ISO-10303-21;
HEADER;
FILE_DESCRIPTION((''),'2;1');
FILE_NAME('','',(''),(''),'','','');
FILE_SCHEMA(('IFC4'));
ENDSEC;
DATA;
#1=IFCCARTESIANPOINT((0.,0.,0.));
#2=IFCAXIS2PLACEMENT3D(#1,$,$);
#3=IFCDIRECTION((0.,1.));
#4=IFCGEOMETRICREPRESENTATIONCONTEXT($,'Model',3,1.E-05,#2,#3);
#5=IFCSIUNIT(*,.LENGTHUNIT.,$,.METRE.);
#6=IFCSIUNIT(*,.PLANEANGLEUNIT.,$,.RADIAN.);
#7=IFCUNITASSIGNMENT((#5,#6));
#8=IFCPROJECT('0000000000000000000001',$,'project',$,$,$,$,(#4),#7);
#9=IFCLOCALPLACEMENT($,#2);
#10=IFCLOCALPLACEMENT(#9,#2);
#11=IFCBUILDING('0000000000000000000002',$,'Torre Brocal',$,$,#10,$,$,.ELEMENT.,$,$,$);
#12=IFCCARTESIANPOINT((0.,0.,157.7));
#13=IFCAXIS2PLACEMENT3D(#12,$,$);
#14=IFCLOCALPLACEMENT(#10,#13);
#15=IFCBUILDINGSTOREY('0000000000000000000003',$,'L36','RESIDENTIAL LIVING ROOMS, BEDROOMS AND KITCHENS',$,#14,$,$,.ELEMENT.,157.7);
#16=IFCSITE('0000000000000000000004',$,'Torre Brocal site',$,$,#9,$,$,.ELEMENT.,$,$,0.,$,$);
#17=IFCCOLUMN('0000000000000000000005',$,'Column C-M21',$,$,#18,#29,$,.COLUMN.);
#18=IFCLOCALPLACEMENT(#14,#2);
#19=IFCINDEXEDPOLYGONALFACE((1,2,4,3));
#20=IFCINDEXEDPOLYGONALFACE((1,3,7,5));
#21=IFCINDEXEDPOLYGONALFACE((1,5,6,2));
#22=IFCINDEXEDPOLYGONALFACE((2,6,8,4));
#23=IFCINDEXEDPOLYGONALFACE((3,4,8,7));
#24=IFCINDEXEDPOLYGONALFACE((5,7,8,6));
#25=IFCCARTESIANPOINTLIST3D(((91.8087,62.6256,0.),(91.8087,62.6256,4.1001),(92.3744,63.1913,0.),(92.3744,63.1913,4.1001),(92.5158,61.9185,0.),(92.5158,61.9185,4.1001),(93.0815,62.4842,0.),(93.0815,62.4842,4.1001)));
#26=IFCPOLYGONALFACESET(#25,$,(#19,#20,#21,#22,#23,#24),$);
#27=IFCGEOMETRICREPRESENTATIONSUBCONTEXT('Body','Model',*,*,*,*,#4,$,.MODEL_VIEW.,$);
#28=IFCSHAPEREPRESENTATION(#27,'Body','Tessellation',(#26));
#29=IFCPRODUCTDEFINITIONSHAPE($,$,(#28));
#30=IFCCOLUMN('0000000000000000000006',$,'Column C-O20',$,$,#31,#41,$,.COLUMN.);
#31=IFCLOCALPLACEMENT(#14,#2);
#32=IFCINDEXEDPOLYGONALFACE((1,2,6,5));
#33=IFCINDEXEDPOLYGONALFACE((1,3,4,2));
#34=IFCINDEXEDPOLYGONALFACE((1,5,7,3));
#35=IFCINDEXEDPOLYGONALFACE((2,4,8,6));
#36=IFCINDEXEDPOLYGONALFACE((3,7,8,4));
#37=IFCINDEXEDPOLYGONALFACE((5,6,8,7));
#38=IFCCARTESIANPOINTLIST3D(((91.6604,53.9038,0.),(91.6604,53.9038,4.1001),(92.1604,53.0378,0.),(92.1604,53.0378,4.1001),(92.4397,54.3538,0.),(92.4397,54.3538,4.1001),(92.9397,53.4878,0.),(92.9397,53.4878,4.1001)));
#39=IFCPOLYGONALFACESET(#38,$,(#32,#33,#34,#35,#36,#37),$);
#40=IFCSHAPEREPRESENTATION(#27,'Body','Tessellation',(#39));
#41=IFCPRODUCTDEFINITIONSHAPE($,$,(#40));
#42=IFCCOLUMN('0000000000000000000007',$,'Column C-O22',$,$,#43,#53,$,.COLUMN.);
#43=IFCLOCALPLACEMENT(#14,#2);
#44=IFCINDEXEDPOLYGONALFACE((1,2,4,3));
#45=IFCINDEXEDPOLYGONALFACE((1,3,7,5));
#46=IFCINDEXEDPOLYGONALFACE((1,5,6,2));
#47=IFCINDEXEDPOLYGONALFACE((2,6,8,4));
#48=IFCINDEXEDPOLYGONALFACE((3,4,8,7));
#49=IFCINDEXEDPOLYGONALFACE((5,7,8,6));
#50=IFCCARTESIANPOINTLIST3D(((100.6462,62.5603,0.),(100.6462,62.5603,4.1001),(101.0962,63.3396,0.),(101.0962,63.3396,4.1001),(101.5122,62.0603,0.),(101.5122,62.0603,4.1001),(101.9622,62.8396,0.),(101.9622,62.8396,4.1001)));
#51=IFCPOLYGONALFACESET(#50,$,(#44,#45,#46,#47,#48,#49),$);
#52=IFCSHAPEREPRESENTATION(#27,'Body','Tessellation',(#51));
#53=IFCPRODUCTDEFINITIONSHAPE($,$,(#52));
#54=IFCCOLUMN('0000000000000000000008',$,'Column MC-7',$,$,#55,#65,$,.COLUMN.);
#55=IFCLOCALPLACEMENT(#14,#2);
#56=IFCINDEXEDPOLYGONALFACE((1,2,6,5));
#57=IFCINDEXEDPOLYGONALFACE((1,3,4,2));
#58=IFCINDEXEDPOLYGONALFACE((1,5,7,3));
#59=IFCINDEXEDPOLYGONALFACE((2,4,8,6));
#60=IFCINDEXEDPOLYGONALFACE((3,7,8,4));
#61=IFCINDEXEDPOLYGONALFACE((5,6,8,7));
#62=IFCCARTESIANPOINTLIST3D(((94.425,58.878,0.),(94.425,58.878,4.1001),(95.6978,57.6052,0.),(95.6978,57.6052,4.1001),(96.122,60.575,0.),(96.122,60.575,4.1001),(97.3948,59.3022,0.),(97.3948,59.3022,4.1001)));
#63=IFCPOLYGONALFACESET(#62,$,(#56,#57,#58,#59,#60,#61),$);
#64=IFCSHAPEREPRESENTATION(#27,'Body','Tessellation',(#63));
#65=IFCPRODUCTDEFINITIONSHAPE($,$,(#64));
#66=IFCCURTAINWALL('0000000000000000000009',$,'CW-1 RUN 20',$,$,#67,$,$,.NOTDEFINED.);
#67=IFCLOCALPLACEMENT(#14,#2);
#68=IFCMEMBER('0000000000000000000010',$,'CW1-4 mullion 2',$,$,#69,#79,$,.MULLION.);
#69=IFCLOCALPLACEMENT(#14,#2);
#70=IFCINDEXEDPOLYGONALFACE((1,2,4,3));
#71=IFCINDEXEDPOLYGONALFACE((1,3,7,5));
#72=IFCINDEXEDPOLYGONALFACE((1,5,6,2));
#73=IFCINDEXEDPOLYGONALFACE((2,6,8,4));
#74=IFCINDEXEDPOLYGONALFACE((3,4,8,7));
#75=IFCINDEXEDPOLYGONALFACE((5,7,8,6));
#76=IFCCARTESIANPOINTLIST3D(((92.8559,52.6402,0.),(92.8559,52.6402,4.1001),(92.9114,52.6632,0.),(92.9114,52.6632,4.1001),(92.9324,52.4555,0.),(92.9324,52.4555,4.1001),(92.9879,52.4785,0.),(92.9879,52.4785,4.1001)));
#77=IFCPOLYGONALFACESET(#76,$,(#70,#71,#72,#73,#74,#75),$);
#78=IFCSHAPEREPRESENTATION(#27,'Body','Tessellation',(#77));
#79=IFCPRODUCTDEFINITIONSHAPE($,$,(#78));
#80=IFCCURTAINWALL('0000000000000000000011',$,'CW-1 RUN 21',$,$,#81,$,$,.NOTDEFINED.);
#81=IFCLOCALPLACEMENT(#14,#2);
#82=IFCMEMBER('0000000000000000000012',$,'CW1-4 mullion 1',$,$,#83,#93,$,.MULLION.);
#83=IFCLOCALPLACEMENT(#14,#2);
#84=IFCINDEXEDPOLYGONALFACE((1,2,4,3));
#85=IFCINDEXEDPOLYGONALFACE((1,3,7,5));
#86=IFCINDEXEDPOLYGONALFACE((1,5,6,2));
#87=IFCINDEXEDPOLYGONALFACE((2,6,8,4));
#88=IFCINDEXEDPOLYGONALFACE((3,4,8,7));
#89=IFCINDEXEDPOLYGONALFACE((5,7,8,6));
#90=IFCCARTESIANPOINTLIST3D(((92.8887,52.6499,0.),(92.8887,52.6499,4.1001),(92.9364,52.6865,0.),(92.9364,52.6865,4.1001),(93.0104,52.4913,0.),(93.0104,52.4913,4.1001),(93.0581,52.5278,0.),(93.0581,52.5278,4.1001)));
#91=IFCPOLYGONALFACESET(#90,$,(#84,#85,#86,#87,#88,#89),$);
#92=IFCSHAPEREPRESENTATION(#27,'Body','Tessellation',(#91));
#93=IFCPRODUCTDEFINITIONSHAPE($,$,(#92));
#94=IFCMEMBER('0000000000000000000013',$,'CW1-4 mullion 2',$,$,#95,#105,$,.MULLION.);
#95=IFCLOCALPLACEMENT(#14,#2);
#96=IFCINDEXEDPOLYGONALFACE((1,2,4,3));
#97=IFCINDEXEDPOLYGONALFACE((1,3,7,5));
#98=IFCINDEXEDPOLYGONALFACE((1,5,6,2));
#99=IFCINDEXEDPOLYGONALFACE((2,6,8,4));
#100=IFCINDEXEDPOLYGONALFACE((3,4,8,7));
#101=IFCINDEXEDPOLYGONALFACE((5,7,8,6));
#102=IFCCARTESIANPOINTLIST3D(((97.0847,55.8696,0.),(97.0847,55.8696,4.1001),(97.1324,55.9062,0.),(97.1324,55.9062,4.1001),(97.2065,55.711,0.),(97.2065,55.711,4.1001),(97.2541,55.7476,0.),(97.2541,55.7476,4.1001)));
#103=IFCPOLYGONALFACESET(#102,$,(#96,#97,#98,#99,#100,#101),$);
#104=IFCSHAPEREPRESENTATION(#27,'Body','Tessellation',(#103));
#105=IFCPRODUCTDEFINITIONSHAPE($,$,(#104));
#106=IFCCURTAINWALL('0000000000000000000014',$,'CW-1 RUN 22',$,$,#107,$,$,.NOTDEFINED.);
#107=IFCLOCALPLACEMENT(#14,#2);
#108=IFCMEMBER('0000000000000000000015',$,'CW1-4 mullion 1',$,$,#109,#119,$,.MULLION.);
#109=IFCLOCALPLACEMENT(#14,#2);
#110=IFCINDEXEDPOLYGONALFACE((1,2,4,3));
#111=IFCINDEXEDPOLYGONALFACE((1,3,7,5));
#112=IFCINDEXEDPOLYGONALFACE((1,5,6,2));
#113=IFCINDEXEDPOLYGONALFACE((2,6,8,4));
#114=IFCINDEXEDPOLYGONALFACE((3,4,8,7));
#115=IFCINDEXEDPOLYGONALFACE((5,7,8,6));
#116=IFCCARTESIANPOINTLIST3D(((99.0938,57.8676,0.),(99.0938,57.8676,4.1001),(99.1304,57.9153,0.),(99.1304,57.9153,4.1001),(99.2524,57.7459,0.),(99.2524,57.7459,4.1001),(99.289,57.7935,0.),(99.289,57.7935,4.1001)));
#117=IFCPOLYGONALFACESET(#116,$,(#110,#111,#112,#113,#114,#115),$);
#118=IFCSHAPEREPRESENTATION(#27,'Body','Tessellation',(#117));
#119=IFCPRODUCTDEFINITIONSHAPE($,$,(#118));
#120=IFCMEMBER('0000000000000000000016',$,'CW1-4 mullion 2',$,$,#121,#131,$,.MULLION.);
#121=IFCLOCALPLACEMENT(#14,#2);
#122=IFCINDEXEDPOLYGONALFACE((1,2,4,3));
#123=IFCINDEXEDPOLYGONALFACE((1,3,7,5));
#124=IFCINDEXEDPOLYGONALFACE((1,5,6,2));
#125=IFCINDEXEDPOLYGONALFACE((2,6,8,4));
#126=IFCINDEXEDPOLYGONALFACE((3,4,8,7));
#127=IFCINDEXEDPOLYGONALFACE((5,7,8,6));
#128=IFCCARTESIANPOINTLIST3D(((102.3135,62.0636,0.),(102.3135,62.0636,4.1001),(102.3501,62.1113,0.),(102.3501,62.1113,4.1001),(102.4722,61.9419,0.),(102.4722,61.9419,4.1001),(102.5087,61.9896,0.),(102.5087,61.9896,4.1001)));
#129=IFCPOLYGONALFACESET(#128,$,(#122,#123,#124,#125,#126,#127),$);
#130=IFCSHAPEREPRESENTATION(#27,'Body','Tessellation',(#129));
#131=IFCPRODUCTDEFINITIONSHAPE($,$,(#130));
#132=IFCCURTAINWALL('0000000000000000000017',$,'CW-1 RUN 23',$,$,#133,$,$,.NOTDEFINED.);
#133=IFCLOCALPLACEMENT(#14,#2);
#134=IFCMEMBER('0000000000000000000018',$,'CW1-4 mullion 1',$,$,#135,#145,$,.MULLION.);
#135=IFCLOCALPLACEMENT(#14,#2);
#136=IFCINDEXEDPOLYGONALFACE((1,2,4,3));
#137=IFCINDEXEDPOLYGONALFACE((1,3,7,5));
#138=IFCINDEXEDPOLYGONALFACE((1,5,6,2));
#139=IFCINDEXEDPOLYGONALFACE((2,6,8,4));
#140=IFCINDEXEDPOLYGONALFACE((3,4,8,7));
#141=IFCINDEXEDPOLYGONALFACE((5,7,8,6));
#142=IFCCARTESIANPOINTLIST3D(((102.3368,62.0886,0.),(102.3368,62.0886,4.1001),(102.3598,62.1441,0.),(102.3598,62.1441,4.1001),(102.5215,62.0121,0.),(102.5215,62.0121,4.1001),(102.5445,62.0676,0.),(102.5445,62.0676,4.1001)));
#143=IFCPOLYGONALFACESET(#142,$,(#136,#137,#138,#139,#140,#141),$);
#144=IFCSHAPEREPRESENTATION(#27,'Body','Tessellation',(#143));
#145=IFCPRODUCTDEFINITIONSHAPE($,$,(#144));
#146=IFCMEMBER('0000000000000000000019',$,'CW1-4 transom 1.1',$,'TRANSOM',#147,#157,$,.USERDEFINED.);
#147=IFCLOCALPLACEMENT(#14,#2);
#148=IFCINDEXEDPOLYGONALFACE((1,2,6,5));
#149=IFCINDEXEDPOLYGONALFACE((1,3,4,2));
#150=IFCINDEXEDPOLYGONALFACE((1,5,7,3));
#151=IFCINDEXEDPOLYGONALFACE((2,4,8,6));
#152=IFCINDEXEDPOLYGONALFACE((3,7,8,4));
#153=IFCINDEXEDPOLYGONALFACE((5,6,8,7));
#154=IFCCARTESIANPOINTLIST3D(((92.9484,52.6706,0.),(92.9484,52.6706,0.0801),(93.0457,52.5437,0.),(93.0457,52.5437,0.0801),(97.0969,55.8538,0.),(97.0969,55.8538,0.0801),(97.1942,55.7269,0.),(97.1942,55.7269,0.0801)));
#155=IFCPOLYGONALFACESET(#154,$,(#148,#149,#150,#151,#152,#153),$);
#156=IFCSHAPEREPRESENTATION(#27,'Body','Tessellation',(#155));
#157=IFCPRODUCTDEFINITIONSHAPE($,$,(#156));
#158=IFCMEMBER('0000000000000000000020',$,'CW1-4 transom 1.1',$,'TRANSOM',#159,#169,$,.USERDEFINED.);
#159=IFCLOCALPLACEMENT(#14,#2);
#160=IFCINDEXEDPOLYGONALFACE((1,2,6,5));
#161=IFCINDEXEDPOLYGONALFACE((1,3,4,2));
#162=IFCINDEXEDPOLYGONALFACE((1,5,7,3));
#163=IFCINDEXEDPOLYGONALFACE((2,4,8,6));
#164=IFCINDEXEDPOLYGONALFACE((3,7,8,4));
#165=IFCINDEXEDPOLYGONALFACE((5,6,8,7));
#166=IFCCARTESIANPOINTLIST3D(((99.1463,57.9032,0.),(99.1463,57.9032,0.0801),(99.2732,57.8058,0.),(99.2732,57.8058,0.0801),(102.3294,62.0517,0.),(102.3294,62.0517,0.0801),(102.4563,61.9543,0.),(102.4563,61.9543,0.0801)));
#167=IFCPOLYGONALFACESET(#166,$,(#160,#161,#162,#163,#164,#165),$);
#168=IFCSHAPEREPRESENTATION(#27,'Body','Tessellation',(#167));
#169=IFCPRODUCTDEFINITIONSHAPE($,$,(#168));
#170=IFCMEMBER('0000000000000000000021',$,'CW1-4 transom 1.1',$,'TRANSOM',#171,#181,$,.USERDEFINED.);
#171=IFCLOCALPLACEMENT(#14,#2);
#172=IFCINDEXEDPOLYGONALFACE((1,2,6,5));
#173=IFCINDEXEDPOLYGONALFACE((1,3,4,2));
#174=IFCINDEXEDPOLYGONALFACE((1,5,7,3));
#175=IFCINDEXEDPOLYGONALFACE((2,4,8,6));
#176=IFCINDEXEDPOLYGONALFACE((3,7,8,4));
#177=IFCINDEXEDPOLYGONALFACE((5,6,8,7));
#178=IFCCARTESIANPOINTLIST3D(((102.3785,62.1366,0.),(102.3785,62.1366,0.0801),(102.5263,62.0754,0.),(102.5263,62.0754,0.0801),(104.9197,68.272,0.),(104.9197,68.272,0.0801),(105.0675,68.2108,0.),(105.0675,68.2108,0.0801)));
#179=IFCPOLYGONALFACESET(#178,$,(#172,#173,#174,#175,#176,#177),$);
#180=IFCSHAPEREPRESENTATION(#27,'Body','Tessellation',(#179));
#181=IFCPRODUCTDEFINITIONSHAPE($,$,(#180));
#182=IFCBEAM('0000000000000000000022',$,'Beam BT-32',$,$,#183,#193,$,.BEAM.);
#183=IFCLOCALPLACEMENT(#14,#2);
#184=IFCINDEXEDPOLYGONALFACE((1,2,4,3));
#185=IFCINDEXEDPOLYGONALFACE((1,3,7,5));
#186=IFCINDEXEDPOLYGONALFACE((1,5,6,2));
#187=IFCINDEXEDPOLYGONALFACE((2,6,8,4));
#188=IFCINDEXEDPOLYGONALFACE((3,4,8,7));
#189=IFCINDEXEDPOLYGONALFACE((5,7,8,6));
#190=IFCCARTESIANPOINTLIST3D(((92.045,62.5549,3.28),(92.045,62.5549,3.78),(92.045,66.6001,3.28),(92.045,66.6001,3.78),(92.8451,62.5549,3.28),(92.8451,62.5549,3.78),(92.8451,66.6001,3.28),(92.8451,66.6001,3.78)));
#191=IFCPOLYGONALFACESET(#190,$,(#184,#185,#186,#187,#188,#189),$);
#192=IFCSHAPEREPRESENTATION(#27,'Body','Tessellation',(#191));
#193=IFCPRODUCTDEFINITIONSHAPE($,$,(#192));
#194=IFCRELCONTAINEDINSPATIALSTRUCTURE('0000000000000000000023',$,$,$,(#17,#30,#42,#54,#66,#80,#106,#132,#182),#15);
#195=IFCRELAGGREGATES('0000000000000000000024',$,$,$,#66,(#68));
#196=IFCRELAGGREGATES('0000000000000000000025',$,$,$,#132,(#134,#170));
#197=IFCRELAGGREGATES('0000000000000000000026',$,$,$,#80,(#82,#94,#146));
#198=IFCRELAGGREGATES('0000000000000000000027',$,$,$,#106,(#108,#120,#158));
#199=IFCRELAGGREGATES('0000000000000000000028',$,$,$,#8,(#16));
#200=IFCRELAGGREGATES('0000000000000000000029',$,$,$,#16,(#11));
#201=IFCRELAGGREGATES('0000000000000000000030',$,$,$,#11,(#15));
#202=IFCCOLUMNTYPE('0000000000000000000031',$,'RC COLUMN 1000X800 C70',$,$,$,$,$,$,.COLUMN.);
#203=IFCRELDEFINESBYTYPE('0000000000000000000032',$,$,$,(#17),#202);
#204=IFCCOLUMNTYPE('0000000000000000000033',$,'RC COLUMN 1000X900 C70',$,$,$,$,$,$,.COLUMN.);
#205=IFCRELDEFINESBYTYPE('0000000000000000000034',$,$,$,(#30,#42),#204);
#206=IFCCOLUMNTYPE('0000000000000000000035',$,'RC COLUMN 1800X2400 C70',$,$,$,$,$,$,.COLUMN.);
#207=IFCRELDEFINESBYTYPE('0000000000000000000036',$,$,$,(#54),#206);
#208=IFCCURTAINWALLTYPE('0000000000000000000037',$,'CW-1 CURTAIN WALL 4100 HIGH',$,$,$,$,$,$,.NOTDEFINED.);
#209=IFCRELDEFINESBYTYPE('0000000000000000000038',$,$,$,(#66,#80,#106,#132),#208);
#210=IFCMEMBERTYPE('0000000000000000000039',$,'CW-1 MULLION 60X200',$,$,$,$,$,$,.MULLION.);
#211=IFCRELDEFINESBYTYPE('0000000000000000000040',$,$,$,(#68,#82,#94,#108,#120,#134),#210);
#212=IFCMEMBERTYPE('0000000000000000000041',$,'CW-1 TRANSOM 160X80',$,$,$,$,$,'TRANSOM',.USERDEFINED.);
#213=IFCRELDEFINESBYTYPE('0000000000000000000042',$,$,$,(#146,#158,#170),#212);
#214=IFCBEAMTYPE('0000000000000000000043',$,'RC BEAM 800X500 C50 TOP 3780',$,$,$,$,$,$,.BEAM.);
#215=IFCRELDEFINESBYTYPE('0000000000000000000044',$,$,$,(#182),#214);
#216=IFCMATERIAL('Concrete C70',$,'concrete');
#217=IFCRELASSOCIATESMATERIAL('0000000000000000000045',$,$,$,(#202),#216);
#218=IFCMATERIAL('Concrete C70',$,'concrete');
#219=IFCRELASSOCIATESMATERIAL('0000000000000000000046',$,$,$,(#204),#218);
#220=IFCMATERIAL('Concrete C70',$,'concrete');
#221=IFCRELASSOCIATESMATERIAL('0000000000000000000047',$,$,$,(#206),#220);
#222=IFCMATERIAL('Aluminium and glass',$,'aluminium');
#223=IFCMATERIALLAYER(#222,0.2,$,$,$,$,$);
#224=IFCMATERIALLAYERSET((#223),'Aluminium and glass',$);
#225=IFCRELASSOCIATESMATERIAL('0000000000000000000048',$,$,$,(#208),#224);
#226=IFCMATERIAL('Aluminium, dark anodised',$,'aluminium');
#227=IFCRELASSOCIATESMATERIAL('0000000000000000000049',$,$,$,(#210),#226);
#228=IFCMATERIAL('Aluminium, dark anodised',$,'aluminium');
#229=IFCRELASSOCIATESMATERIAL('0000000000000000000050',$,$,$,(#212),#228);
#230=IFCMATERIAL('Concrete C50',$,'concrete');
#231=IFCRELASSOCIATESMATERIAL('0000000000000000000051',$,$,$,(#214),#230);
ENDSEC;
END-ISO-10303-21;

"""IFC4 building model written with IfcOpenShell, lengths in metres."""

from ifc_helpers import new_model, si_unit, direction, frame, origin, origin_2d, place, context, subcontext, project, spatial, rectangle, extrude, material, layer, layer_set, material_profile, profile_set, type_object, element, aggregate, save


model = new_model("IFC4")

# Units and contexts
model_context = context("Model", 3, precision=1e-05, world=origin(), true_north=direction((0.0, 1.0)))
body_context = subcontext(model_context, "Body", "Model", "MODEL_VIEW")
ifc_project = project(units=[si_unit("LENGTHUNIT", "METRE"), si_unit("PLANEANGLEUNIT", "RADIAN")], contexts=[model_context])

# Site, building, storey
site_placement = place(None, origin())
site = spatial("IfcSite", under=ifc_project, at=site_placement, Name="Torre Brocal site", CompositionType="ELEMENT", RefElevation=0.0)
building_placement = place(site_placement, origin())
building = spatial("IfcBuilding", under=site, at=building_placement, Name="Torre Brocal", CompositionType="ELEMENT")
storey_placement = place(building_placement, frame((0.0, 0.0, 157.7)))
storey = spatial("IfcBuildingStorey", under=building, at=storey_placement, Name="L36", Description="RESIDENTIAL LIVING ROOMS, BEDROOMS AND KITCHENS", CompositionType="ELEMENT", Elevation=157.7)

# Columns
ifc_material_1 = material(Name="Concrete C70", Category="concrete")
ifc_material_profile_1 = material_profile(ifc_material_1, rectangle(XDim=1.0, YDim=0.8, at=origin_2d()), Name="RC 1000X800")
ifc_profile_set_1 = profile_set([ifc_material_profile_1], Name="Concrete C70")
column_type_1 = type_object("IfcColumnType", Name="RC COLUMN 1000X800 C70", PredefinedType="COLUMN", material=ifc_profile_set_1)
column_1_placement = place(storey_placement, frame((92.4451, 62.5549, 0.0), z_axis=(0.0, 0.0, 1.0), x_axis=(0.707107, -0.707107, 0.0)))
element("IfcColumn", 1, at=column_1_placement, inside=storey, type_object=column_type_1, Name="Column C-M21", PredefinedType="COLUMN", context=body_context, shape_type="SweptSolid", body=[
    extrude(rectangle(XDim=1.0, YDim=0.8, at=origin_2d()), origin(), (0.0, 0.0, 1.0), 4.1001),
])
ifc_material_2 = material(Name="Concrete C70", Category="concrete")
ifc_material_profile_2 = material_profile(ifc_material_2, rectangle(XDim=1.0, YDim=0.8999, at=origin_2d()), Name="RC 1000X900")
ifc_profile_set_2 = profile_set([ifc_material_profile_2], Name="Concrete C70")
column_type_2 = type_object("IfcColumnType", Name="RC COLUMN 1000X900 C70", PredefinedType="COLUMN", material=ifc_profile_set_2)
for number, where, z_axis, x_axis, name in (
    (2, (92.3, 53.6958, 0.0), (0.0, 0.0, 1.0), (0.5, -0.866025, 0.0), "Column C-O20"),
    (3, (101.3042, 62.7, 0.0), (0.0, 0.0, 1.0), (0.866025, -0.5, 0.0), "Column C-O22"),
):
    element("IfcColumn", number, at=place(storey_placement, frame(where, z_axis=z_axis, x_axis=x_axis)), inside=storey, type_object=column_type_2, Name=name, PredefinedType="COLUMN", context=body_context, shape_type="SweptSolid", body=[
        extrude(rectangle(XDim=1.0, YDim=0.8999, at=origin_2d()), origin(), (0.0, 0.0, 1.0), 4.1001),
    ])
ifc_material_3 = material(Name="Concrete C70", Category="concrete")
ifc_material_profile_3 = material_profile(ifc_material_3, rectangle(XDim=1.8, YDim=2.3999, at=origin_2d()), Name="RC 1800X2400")
ifc_profile_set_3 = profile_set([ifc_material_profile_3], Name="Concrete C70")
column_type_3 = type_object("IfcColumnType", Name="RC COLUMN 1800X2400 C70", PredefinedType="COLUMN", material=ifc_profile_set_3)
column_2_placement = place(storey_placement, frame((95.9099, 59.0901, 0.0), z_axis=(0.0, 0.0, 1.0), x_axis=(0.707107, -0.707107, 0.0)))
element("IfcColumn", 4, at=column_2_placement, inside=storey, type_object=column_type_3, Name="Column MC-7", PredefinedType="COLUMN", context=body_context, shape_type="SweptSolid", body=[
    extrude(rectangle(XDim=1.8, YDim=2.3999, at=origin_2d()), origin(), (0.0, 0.0, 1.0), 4.1001),
])

# Curtain wall, member
ifc_material_4 = material(Name="Aluminium and glass", Category="aluminium")
ifc_layer_1 = layer(ifc_material_4, 0.2)
ifc_layer_set_1 = layer_set([ifc_layer_1], Name="Aluminium and glass")
curtain_wall_type = type_object("IfcCurtainWallType", Name="CW-1 CURTAIN WALL 4100 HIGH", PredefinedType="NOTDEFINED", material=ifc_layer_set_1)
curtain_wall_1_placement = place(storey_placement, origin())
curtain_wall_1 = element("IfcCurtainWall", 5, at=curtain_wall_1_placement, inside=storey, type_object=curtain_wall_type, Name="CW-1 RUN 20", PredefinedType="NOTDEFINED")
ifc_material_5 = material(Name="Aluminium, dark anodised", Category="aluminium")
ifc_material_profile_4 = material_profile(ifc_material_5, rectangle(XDim=0.2, YDim=0.0601, at=origin_2d()), Name="CW-1 MULLION 60X200")
ifc_profile_set_4 = profile_set([ifc_material_profile_4], Name="Aluminium, dark anodised")
member_type_1 = type_object("IfcMemberType", Name="CW-1 MULLION 60X200", PredefinedType="MULLION", material=ifc_profile_set_4)
member_1_placement = place(storey_placement, frame((92.9219, 52.5593, 0.0), z_axis=(0.0, 0.0, 1.0), x_axis=(-0.382683, 0.92388, 0.0)))
member_1 = element("IfcMember", 6, at=member_1_placement, type_object=member_type_1, Name="CW1-4 mullion 2", PredefinedType="MULLION", context=body_context, shape_type="SweptSolid", body=[
    extrude(rectangle(XDim=0.2, YDim=0.0601, at=origin_2d()), origin(), (0.0, 0.0, 1.0), 4.1001),
])
aggregate(curtain_wall_1, [member_1])

# Curtain walls, members
curtain_wall_2_placement = place(storey_placement, origin())
curtain_wall_2 = element("IfcCurtainWall", 7, at=curtain_wall_2_placement, inside=storey, type_object=curtain_wall_type, Name="CW-1 RUN 21", PredefinedType="NOTDEFINED")
member_2_placement = place(storey_placement, frame((92.9734, 52.5889, 0.0), z_axis=(0.0, 0.0, 1.0), x_axis=(-0.608761, 0.793353, 0.0)))
member_2 = element("IfcMember", 8, at=member_2_placement, type_object=member_type_1, Name="CW1-4 mullion 1", PredefinedType="MULLION", context=body_context, shape_type="SweptSolid", body=[
    extrude(rectangle(XDim=0.2, YDim=0.0601, at=origin_2d()), origin(), (0.0, 0.0, 1.0), 4.1001),
])
member_3_placement = place(storey_placement, frame((97.1694, 55.8086, 0.0), z_axis=(0.0, 0.0, 1.0), x_axis=(-0.608761, 0.793353, 0.0)))
member_3 = element("IfcMember", 9, at=member_3_placement, type_object=member_type_1, Name="CW1-4 mullion 2", PredefinedType="MULLION", context=body_context, shape_type="SweptSolid", body=[
    extrude(rectangle(XDim=0.2, YDim=0.0601, at=origin_2d()), origin(), (0.0, 0.0, 1.0), 4.1001),
])
curtain_wall_3_placement = place(storey_placement, origin())
curtain_wall_3 = element("IfcCurtainWall", 10, at=curtain_wall_3_placement, inside=storey, type_object=curtain_wall_type, Name="CW-1 RUN 22", PredefinedType="NOTDEFINED")
member_4_placement = place(storey_placement, frame((99.1914, 57.8306, 0.0), z_axis=(0.0, 0.0, 1.0), x_axis=(-0.793353, 0.608761, 0.0)))
member_4 = element("IfcMember", 11, at=member_4_placement, type_object=member_type_1, Name="CW1-4 mullion 1", PredefinedType="MULLION", context=body_context, shape_type="SweptSolid", body=[
    extrude(rectangle(XDim=0.2, YDim=0.0601, at=origin_2d()), origin(), (0.0, 0.0, 1.0), 4.1001),
])
member_5_placement = place(storey_placement, frame((102.4111, 62.0266, 0.0), z_axis=(0.0, 0.0, 1.0), x_axis=(-0.793353, 0.608761, 0.0)))
member_5 = element("IfcMember", 12, at=member_5_placement, type_object=member_type_1, Name="CW1-4 mullion 2", PredefinedType="MULLION", context=body_context, shape_type="SweptSolid", body=[
    extrude(rectangle(XDim=0.2, YDim=0.0601, at=origin_2d()), origin(), (0.0, 0.0, 1.0), 4.1001),
])

# Curtain wall, member
curtain_wall_4_placement = place(storey_placement, origin())
curtain_wall_4 = element("IfcCurtainWall", 13, at=curtain_wall_4_placement, inside=storey, type_object=curtain_wall_type, Name="CW-1 RUN 23", PredefinedType="NOTDEFINED")
member_6_placement = place(storey_placement, frame((102.4407, 62.0781, 0.0), z_axis=(0.0, 0.0, 1.0), x_axis=(-0.92388, 0.382683, 0.0)))
member_6 = element("IfcMember", 14, at=member_6_placement, type_object=member_type_1, Name="CW1-4 mullion 1", PredefinedType="MULLION", context=body_context, shape_type="SweptSolid", body=[
    extrude(rectangle(XDim=0.2, YDim=0.0601, at=origin_2d()), origin(), (0.0, 0.0, 1.0), 4.1001),
])

# Members
ifc_material_6 = material(Name="Aluminium, dark anodised", Category="aluminium")
ifc_material_profile_5 = material_profile(ifc_material_6, rectangle(XDim=0.1599, YDim=0.0801, at=origin_2d()), Name="CW-1 TRANSOM 160X80")
ifc_profile_set_5 = profile_set([ifc_material_profile_5], Name="Aluminium, dark anodised")
member_type_2 = type_object("IfcMemberType", Name="CW-1 TRANSOM 160X80", ElementType="TRANSOM", PredefinedType="USERDEFINED", material=ifc_profile_set_5)
member_7_placement = place(storey_placement, frame((92.9971, 52.6072, 0.04), z_axis=(0.793363, 0.608749, 0.0), x_axis=(-0.608749, 0.793363, 0.0)))
member_7 = element("IfcMember", 15, at=member_7_placement, type_object=member_type_2, Name="CW1-4 transom 1.1", ObjectType="TRANSOM", PredefinedType="USERDEFINED", context=body_context, shape_type="SweptSolid", body=[
    extrude(rectangle(XDim=0.1599, YDim=0.0801, at=origin_2d()), origin(), (0.0, 0.0, 1.0), 5.229),
])
member_8_placement = place(storey_placement, frame((99.2097, 57.8545, 0.04), z_axis=(0.608749, 0.793363, 0.0), x_axis=(-0.793363, 0.608749, 0.0)))
member_8 = element("IfcMember", 16, at=member_8_placement, type_object=member_type_2, Name="CW1-4 transom 1.1", ObjectType="TRANSOM", PredefinedType="USERDEFINED", context=body_context, shape_type="SweptSolid", body=[
    extrude(rectangle(XDim=0.1599, YDim=0.0801, at=origin_2d()), origin(), (0.0, 0.0, 1.0), 5.229),
])
member_9_placement = place(storey_placement, frame((102.4524, 62.106, 0.04), z_axis=(0.382665, 0.923887, 0.0), x_axis=(-0.923887, 0.382665, 0.0)))
member_9 = element("IfcMember", 17, at=member_9_placement, type_object=member_type_2, Name="CW1-4 transom 1.1", ObjectType="TRANSOM", PredefinedType="USERDEFINED", context=body_context, shape_type="SweptSolid", body=[
    extrude(rectangle(XDim=0.1599, YDim=0.0801, at=origin_2d()), origin(), (0.0, 0.0, 1.0), 6.6409),
])
aggregate(curtain_wall_4, [member_6, member_9])

# Beam
ifc_material_7 = material(Name="Concrete C50", Category="concrete")
ifc_material_profile_6 = material_profile(ifc_material_7, rectangle(XDim=0.8, YDim=0.5, at=origin_2d()), Name="RC 800X500")
ifc_profile_set_6 = profile_set([ifc_material_profile_6], Name="Concrete C50")
beam_type_1 = type_object("IfcBeamType", Name="RC BEAM 800X500 C50 TOP 3780", PredefinedType="BEAM", material=ifc_profile_set_6)
beam_placement = place(storey_placement, frame((92.4451, 62.5549, 3.53), z_axis=(0.0, 1.0, 0.0), x_axis=(-1.0, 0.0, 0.0)))
element("IfcBeam", 18, at=beam_placement, inside=storey, type_object=beam_type_1, Name="Beam BT-32", PredefinedType="BEAM", context=body_context, shape_type="SweptSolid", body=[
    extrude(rectangle(XDim=0.8, YDim=0.5, at=origin_2d()), origin(), (0.0, 0.0, 1.0), 4.0452),
])

aggregate(curtain_wall_2, [member_2, member_3, member_7])
aggregate(curtain_wall_3, [member_4, member_5, member_8])

save(model, "model.ifc")
